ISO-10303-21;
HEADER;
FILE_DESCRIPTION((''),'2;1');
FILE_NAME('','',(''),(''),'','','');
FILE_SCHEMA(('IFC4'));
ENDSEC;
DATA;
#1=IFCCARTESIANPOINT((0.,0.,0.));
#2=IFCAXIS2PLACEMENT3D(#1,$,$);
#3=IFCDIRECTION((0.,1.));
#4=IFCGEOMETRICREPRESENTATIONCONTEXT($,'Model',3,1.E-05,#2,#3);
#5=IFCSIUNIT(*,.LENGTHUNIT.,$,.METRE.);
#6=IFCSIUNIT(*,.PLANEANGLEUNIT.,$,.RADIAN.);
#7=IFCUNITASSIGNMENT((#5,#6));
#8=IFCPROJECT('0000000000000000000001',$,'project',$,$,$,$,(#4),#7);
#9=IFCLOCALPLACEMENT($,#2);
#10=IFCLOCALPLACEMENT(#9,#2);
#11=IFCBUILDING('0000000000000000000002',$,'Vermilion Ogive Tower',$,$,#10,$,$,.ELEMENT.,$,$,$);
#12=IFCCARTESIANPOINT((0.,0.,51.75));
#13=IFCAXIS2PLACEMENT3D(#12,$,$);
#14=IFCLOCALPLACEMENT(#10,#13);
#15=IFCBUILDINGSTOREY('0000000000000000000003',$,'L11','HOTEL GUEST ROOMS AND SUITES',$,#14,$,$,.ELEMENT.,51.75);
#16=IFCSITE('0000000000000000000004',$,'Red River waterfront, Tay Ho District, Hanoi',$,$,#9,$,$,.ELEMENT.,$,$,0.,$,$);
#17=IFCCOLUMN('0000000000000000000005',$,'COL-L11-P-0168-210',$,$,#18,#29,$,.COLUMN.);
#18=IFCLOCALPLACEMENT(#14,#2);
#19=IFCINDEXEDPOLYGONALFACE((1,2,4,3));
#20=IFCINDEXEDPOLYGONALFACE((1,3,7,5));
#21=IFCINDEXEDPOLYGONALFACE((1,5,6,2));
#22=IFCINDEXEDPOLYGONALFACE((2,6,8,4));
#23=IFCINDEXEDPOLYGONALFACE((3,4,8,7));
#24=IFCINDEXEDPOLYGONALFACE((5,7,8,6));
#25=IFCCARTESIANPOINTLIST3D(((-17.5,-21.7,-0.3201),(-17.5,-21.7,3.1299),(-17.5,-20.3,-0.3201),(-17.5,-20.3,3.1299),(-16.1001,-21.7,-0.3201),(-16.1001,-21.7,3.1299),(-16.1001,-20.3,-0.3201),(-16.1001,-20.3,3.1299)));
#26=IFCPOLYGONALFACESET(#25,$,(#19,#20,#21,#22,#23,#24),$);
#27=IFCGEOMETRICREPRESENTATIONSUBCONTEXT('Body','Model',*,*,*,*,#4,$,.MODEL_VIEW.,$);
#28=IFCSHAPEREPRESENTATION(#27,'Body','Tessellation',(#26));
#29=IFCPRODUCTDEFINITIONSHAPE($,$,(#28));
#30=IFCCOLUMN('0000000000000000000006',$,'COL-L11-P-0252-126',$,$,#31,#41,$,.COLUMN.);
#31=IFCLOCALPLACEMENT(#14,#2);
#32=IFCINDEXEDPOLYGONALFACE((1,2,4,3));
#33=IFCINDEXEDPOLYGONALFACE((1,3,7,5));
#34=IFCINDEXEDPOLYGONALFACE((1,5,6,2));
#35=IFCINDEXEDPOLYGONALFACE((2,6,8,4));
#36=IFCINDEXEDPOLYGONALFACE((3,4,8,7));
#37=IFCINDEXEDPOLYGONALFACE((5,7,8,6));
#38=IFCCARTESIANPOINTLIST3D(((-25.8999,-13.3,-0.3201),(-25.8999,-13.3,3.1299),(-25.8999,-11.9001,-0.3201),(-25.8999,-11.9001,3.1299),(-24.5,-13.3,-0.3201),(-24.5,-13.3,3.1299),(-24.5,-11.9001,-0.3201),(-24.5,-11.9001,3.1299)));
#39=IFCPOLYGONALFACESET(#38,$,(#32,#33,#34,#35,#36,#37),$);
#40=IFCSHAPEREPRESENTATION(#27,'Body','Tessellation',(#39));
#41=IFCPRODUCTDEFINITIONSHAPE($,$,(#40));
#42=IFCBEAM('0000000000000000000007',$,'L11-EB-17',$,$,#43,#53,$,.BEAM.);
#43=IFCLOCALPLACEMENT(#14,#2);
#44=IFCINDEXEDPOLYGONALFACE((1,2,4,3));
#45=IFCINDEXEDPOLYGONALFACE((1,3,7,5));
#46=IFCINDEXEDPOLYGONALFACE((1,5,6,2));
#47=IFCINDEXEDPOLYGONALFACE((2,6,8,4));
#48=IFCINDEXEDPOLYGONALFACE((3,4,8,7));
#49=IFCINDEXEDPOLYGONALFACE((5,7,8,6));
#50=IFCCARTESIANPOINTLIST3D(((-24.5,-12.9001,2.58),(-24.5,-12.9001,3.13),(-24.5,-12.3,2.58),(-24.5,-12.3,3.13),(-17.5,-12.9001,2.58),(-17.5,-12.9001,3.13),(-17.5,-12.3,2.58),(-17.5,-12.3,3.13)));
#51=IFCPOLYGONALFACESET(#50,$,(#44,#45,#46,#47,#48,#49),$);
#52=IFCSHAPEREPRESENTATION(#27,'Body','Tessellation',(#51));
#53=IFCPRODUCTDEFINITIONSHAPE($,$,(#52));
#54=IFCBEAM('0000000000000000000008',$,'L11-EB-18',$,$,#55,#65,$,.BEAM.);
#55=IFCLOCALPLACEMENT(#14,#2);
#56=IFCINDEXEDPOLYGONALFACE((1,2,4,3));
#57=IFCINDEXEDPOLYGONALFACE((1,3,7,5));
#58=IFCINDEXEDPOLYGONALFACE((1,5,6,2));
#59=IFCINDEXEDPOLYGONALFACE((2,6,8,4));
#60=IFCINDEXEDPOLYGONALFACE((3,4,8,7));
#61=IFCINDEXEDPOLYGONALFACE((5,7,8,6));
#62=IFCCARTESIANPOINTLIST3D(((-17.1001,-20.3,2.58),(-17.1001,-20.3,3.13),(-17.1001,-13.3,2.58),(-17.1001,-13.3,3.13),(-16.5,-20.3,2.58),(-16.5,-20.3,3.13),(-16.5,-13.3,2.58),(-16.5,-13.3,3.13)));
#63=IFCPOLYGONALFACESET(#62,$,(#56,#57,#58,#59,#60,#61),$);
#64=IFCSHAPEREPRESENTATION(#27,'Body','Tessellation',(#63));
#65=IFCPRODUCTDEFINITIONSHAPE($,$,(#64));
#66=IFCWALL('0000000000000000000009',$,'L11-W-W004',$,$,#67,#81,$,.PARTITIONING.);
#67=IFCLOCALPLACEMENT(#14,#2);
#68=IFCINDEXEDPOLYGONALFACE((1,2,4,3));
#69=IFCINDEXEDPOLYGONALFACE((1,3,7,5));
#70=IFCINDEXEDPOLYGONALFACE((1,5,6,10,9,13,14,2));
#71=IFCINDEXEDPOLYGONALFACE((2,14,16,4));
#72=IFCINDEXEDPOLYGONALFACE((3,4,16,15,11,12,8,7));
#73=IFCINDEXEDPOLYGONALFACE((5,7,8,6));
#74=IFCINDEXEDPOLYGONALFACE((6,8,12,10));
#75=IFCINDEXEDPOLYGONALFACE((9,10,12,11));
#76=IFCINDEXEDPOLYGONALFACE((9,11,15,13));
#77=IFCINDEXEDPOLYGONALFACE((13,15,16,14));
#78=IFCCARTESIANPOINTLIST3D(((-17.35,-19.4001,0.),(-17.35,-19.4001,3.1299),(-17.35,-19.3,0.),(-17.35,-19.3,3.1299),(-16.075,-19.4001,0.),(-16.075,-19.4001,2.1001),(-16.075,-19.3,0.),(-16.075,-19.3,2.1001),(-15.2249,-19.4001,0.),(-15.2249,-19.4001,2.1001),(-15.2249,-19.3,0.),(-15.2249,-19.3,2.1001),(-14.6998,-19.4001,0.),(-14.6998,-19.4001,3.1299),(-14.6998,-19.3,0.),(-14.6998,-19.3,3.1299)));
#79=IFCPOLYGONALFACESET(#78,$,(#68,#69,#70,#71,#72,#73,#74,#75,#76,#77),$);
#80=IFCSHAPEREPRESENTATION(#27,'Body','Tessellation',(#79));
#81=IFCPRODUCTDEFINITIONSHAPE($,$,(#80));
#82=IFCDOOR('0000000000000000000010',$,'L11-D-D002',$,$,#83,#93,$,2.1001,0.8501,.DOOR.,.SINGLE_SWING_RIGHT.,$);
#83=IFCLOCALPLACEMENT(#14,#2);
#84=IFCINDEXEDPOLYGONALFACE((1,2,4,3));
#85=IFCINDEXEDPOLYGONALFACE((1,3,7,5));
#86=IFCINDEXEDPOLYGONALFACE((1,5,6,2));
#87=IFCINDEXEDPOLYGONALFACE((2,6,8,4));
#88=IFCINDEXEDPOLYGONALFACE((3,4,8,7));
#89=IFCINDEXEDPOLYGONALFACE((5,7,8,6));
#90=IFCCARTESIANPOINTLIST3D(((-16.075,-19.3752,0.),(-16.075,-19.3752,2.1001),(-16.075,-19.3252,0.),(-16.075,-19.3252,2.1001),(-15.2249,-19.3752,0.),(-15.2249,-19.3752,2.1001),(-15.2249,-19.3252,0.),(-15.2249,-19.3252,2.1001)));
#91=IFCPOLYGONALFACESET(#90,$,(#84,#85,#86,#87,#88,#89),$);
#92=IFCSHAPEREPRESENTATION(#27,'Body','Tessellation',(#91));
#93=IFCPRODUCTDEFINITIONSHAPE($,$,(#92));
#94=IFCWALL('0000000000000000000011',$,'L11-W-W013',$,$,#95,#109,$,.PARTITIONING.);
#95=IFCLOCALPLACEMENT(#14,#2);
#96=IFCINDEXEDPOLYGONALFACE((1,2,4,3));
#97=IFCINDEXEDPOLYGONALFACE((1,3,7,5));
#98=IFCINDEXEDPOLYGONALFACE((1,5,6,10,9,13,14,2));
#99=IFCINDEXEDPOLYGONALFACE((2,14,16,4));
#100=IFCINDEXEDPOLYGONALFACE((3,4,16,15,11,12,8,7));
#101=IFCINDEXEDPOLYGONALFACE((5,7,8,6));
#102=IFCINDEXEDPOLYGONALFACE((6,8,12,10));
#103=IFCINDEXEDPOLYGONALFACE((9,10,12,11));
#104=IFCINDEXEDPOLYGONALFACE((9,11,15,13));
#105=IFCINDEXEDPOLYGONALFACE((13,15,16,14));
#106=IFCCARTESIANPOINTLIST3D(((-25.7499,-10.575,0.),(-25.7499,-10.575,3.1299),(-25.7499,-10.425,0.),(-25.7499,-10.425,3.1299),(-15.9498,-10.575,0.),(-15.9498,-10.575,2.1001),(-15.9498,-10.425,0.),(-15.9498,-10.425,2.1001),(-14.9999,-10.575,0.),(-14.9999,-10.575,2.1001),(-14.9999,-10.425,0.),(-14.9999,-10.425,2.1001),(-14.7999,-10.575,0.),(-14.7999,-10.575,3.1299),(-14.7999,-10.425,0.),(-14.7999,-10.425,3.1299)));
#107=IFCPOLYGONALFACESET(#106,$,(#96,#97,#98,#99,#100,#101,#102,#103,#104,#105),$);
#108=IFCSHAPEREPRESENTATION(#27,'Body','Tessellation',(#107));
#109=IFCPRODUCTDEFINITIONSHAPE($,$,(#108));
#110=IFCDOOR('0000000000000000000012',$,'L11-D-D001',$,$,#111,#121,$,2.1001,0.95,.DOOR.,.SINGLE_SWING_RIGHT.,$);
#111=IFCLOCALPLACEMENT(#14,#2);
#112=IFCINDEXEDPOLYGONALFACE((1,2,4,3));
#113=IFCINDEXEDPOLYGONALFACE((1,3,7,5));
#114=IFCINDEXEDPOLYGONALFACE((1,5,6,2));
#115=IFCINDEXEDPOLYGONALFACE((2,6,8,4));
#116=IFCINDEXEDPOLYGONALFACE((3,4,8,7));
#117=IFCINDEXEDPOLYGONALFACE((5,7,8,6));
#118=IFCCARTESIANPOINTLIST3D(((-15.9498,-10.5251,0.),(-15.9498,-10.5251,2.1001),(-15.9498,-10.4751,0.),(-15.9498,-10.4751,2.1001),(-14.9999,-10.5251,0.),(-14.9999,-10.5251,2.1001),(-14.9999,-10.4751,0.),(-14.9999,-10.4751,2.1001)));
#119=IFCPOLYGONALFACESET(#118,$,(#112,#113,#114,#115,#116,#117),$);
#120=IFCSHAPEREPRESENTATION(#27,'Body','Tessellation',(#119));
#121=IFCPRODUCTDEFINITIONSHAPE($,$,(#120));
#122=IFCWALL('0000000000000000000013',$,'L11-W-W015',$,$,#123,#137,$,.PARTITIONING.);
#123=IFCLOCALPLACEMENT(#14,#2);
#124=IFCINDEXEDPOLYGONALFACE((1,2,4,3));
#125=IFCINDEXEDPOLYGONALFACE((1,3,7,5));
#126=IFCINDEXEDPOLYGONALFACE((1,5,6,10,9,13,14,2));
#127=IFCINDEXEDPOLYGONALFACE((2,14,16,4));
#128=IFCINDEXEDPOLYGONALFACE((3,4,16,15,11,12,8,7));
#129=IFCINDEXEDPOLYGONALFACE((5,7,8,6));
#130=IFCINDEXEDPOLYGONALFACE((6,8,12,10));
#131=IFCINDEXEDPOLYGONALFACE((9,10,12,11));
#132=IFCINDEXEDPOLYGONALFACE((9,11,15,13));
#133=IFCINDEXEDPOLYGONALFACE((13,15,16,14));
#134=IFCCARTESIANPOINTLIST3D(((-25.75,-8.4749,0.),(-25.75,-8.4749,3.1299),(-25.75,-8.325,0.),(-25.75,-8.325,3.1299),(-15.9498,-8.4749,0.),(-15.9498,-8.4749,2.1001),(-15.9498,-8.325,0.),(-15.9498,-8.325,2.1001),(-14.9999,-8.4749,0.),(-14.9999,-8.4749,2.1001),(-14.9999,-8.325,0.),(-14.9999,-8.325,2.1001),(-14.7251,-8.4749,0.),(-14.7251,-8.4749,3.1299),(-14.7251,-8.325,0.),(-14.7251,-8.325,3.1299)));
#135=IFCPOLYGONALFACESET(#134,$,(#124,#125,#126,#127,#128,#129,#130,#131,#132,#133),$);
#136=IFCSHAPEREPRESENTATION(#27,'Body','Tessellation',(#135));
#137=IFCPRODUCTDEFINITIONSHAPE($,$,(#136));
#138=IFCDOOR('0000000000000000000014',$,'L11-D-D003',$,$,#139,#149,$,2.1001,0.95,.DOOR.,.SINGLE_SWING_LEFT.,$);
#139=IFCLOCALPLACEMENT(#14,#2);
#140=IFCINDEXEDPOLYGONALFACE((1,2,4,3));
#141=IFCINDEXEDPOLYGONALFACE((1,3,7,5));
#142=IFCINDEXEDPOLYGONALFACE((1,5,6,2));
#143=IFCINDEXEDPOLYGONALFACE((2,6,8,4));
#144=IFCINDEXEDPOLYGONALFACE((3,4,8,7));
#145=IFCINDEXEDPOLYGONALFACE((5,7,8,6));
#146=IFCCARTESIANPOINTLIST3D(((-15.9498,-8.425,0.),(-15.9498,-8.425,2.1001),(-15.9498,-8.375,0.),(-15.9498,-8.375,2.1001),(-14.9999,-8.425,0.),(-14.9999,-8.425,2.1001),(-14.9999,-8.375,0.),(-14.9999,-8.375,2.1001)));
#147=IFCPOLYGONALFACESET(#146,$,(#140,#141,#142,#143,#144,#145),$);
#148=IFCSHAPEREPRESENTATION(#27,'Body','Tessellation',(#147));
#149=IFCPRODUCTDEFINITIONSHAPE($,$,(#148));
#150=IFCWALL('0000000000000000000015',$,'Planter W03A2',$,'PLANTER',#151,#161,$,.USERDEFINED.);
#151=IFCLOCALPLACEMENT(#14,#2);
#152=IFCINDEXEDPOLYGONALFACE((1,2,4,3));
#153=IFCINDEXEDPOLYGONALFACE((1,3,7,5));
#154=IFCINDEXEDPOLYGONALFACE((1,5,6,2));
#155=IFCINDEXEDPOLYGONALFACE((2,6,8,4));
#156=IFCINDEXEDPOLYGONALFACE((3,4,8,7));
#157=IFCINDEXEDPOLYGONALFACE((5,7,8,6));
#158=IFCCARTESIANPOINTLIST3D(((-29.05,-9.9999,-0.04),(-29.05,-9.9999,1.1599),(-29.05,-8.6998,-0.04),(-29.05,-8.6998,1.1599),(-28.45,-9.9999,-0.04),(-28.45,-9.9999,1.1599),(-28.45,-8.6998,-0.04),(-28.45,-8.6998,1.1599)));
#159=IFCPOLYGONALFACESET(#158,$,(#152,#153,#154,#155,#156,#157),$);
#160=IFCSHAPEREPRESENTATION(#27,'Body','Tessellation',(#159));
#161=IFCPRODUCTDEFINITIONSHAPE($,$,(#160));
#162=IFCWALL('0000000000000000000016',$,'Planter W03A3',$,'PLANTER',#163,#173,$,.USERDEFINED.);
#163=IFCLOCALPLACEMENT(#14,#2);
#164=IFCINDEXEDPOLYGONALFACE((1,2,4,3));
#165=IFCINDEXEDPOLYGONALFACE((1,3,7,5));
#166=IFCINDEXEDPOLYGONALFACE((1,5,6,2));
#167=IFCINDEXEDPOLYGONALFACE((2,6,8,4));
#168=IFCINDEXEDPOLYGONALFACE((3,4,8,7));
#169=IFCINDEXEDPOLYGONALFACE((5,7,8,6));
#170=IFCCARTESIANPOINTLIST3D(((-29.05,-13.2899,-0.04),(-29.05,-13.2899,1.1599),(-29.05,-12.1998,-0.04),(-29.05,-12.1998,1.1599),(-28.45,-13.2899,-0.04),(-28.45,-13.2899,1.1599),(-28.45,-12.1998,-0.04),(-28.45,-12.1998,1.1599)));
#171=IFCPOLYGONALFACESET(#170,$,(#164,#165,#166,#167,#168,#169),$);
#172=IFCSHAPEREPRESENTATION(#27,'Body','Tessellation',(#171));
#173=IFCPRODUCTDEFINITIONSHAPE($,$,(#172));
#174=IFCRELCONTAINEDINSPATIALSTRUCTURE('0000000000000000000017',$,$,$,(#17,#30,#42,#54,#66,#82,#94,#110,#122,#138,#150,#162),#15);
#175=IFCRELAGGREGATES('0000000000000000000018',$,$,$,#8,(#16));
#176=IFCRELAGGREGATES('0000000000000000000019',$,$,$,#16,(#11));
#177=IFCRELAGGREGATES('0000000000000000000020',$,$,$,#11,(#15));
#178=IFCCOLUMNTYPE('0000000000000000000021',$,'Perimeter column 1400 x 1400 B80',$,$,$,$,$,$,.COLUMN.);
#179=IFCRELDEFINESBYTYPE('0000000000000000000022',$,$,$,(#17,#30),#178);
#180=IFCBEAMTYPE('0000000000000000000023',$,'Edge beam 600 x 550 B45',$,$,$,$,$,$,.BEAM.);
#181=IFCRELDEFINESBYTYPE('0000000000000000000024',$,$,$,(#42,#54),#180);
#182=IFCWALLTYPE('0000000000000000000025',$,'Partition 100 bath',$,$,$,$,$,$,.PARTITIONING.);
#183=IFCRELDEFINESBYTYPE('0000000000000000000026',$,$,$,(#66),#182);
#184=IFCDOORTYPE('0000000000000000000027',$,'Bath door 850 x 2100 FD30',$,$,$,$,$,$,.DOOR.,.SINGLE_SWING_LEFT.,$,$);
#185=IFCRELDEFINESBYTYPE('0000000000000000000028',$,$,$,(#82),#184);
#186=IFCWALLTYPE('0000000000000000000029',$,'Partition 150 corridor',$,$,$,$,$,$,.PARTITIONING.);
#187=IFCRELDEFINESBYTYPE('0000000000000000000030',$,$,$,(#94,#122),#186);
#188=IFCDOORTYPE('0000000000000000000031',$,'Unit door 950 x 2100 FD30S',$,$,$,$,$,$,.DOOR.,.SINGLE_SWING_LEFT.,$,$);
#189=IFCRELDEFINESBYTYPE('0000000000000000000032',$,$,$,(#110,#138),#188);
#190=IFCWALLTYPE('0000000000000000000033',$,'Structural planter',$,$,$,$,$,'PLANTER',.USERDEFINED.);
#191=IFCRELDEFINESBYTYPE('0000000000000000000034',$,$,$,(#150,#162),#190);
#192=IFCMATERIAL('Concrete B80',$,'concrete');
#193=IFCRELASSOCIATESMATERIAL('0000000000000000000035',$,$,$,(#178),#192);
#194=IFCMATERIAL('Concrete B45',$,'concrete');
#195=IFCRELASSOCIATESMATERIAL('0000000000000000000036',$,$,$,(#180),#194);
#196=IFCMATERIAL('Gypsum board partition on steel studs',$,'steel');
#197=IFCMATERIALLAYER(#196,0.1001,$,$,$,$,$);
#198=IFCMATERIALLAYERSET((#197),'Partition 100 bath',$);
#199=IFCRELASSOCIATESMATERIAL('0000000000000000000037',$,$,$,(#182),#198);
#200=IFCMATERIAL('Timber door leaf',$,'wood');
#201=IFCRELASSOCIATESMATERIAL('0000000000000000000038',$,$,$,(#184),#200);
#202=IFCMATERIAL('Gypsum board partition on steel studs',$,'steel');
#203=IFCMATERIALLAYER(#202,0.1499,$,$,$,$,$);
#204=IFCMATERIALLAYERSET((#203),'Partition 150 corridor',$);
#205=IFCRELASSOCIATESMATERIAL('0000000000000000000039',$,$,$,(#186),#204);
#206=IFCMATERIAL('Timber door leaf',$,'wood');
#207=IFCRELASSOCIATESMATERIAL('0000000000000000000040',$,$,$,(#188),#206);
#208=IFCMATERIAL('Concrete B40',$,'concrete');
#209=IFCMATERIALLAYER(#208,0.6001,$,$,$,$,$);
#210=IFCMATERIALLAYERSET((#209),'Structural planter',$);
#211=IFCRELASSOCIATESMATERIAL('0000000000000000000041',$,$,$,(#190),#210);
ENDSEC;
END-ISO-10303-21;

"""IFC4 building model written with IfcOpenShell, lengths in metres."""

from ifc_helpers import new_model, si_unit, direction, frame, frame_2d, origin, origin_2d, place, context, subcontext, project, spatial, rectangle, extrude, material, layer, layer_set, material_profile, profile_set, type_object, element, fill, save


model = new_model("IFC4")

# Units and contexts
model_context = context("Model", 3, precision=1e-05, world=origin(), true_north=direction((0.0, 1.0)))
body_context = subcontext(model_context, "Body", "Model", "MODEL_VIEW")
ifc_project = project(units=[si_unit("LENGTHUNIT", "METRE"), si_unit("PLANEANGLEUNIT", "RADIAN")], contexts=[model_context])

# Site, building, storey
site_placement = place(None, origin())
site = spatial("IfcSite", under=ifc_project, at=site_placement, Name="Red River waterfront, Tay Ho District, Hanoi", CompositionType="ELEMENT", RefElevation=0.0)
building_placement = place(site_placement, origin())
building = spatial("IfcBuilding", under=site, at=building_placement, Name="Vermilion Ogive Tower", CompositionType="ELEMENT")
storey_placement = place(building_placement, frame((0.0, 0.0, 51.75)))
storey = spatial("IfcBuildingStorey", under=building, at=storey_placement, Name="L11", Description="HOTEL GUEST ROOMS AND SUITES", CompositionType="ELEMENT", Elevation=51.75)

# Columns
ifc_material_1 = material(Name="Concrete B80", Category="concrete")
ifc_material_profile_1 = material_profile(ifc_material_1, rectangle(XDim=1.3999, YDim=1.3999, at=origin_2d()), Name="1400 x 1400")
ifc_profile_set_1 = profile_set([ifc_material_profile_1], Name="Concrete B80")
column_type = type_object("IfcColumnType", Name="Perimeter column 1400 x 1400 B80", PredefinedType="COLUMN", material=ifc_profile_set_1)
for number, where, z_axis, x_axis, name in (
    (1, (-16.8, -21.0, -0.3201), (0.0, 0.0, 1.0), (1.0, 0.0, 0.0), "COL-L11-P-0168-210"),
    (2, (-25.2, -12.6001, -0.3201), (0.0, 0.0, 1.0), (1.0, 0.0, 0.0), "COL-L11-P-0252-126"),
):
    element("IfcColumn", number, at=place(storey_placement, frame(where, z_axis=z_axis, x_axis=x_axis)), inside=storey, type_object=column_type, Name=name, PredefinedType="COLUMN", context=body_context, shape_type="SweptSolid", body=[
        extrude(rectangle(XDim=1.3999, YDim=1.3999, at=origin_2d()), origin(), (0.0, 0.0, 1.0), 3.45),
    ])

# Beams
ifc_material_2 = material(Name="Concrete B45", Category="concrete")
ifc_material_profile_2 = material_profile(ifc_material_2, rectangle(XDim=0.6001, YDim=0.55, at=origin_2d()), Name="600 x 550")
ifc_profile_set_2 = profile_set([ifc_material_profile_2], Name="Concrete B45")
beam_type = type_object("IfcBeamType", Name="Edge beam 600 x 550 B45", PredefinedType="BEAM", material=ifc_profile_set_2)
for number, where, z_axis, x_axis, name in (
    (3, (-24.5, -12.6001, 2.855), (1.0, 0.0, 0.0), (0.0, 1.0, 0.0), "L11-EB-17"),
    (4, (-16.8, -13.3, 2.855), (0.0, -1.0, 0.0), (1.0, 0.0, 0.0), "L11-EB-18"),
):
    element("IfcBeam", number, at=place(storey_placement, frame(where, z_axis=z_axis, x_axis=x_axis)), inside=storey, type_object=beam_type, Name=name, PredefinedType="BEAM", context=body_context, shape_type="SweptSolid", body=[
        extrude(rectangle(XDim=0.6001, YDim=0.55, at=origin_2d()), origin(), (0.0, 0.0, 1.0), 7.0),
    ])

# Walls, openings, doors
ifc_material_3 = material(Name="Gypsum board partition on steel studs", Category="steel")
ifc_layer_1 = layer(ifc_material_3, 0.1001)
ifc_layer_set_1 = layer_set([ifc_layer_1], Name="Partition 100 bath")
wall_type_1 = type_object("IfcWallType", Name="Partition 100 bath", PredefinedType="PARTITIONING", material=ifc_layer_set_1)
wall_1_placement = place(storey_placement, frame((-17.3501, -19.3501, 0.0), z_axis=(0.0, 0.0, 1.0), x_axis=(1.0, 0.0, 0.0)))
wall_1 = element("IfcWall", 5, at=wall_1_placement, inside=storey, type_object=wall_type_1, Name="L11-W-W004", PredefinedType="PARTITIONING", context=body_context, shape_type="SweptSolid", body=[
    extrude(rectangle(XDim=2.6501, YDim=0.1001, at=frame_2d((1.3252, 0.0))), origin(), (0.0, 0.0, 1.0), 3.1299),
])
opening_1_placement = place(wall_1_placement, frame((1.2751, 0.0, 0.0)))
opening_1 = element("IfcOpeningElement", 6, at=opening_1_placement, cuts=wall_1, PredefinedType="OPENING", context=body_context, shape_type="SweptSolid", body=[
    extrude(rectangle(XDim=0.8501, YDim=2.1001, at=frame_2d((0.425, 1.05))), frame((0.0, 0.0601, 0.0), z_axis=(0.0, -1.0, 0.0), x_axis=(1.0, 0.0, 0.0)), (0.0, 0.0, 1.0), 0.1201),
])
ifc_material_4 = material(Name="Timber door leaf", Category="wood")
door_type_1 = type_object("IfcDoorType", Name="Bath door 850 x 2100 FD30", OperationType="SINGLE_SWING_LEFT", PredefinedType="DOOR", material=ifc_material_4)
door_1_placement = place(opening_1_placement, origin())
door_1 = element("IfcDoor", 7, at=door_1_placement, inside=storey, type_object=door_type_1, Name="L11-D-D002", OperationType="SINGLE_SWING_RIGHT", OverallHeight=2.1001, OverallWidth=0.8501, PredefinedType="DOOR", context=body_context, shape_type="SweptSolid", body=[
    extrude(rectangle(XDim=0.8501, YDim=2.1001, at=frame_2d((0.425, 1.05))), frame((0.0, 0.0249, 0.0), z_axis=(0.0, -1.0, 0.0), x_axis=(1.0, 0.0, 0.0)), (0.0, 0.0, 1.0), 0.05),
])
fill(opening_1, door_1)
ifc_material_5 = material(Name="Gypsum board partition on steel studs", Category="steel")
ifc_layer_2 = layer(ifc_material_5, 0.1499)
ifc_layer_set_2 = layer_set([ifc_layer_2], Name="Partition 150 corridor")
wall_type_2 = type_object("IfcWallType", Name="Partition 150 corridor", PredefinedType="PARTITIONING", material=ifc_layer_set_2)
wall_2_placement = place(storey_placement, frame((-25.75, -10.5, 0.0), z_axis=(0.0, 0.0, 1.0), x_axis=(1.0, 0.0, 0.0)))
wall_2 = element("IfcWall", 8, at=wall_2_placement, inside=storey, type_object=wall_type_2, Name="L11-W-W013", PredefinedType="PARTITIONING", context=body_context, shape_type="SweptSolid", body=[
    extrude(rectangle(XDim=10.95, YDim=0.1499, at=frame_2d((5.4751, 0.0))), origin(), (0.0, 0.0, 1.0), 3.1299),
])
opening_2_placement = place(wall_2_placement, frame((9.8, 0.0, 0.0)))
opening_2 = element("IfcOpeningElement", 9, at=opening_2_placement, cuts=wall_2, PredefinedType="OPENING", context=body_context, shape_type="SweptSolid", body=[
    extrude(rectangle(XDim=0.95, YDim=2.1001, at=frame_2d((0.4751, 1.05))), frame((0.0, 0.085, 0.0), z_axis=(0.0, -1.0, 0.0), x_axis=(1.0, 0.0, 0.0)), (0.0, 0.0, 1.0), 0.1699),
])
ifc_material_6 = material(Name="Timber door leaf", Category="wood")
door_type_2 = type_object("IfcDoorType", Name="Unit door 950 x 2100 FD30S", OperationType="SINGLE_SWING_LEFT", PredefinedType="DOOR", material=ifc_material_6)
door_2_placement = place(opening_2_placement, origin())
door_2 = element("IfcDoor", 10, at=door_2_placement, inside=storey, type_object=door_type_2, Name="L11-D-D001", OperationType="SINGLE_SWING_RIGHT", OverallHeight=2.1001, OverallWidth=0.95, PredefinedType="DOOR", context=body_context, shape_type="SweptSolid", body=[
    extrude(rectangle(XDim=0.95, YDim=2.1001, at=frame_2d((0.4751, 1.05))), frame((0.0, 0.0249, 0.0), z_axis=(0.0, -1.0, 0.0), x_axis=(1.0, 0.0, 0.0)), (0.0, 0.0, 1.0), 0.05),
])
fill(opening_2, door_2)
wall_3_placement = place(storey_placement, frame((-25.75, -8.3999, 0.0), z_axis=(0.0, 0.0, 1.0), x_axis=(1.0, 0.0, 0.0)))
wall_3 = element("IfcWall", 11, at=wall_3_placement, inside=storey, type_object=wall_type_2, Name="L11-W-W015", PredefinedType="PARTITIONING", context=body_context, shape_type="SweptSolid", body=[
    extrude(rectangle(XDim=11.0249, YDim=0.1499, at=frame_2d((5.5125, 0.0))), origin(), (0.0, 0.0, 1.0), 3.1299),
])
opening_3_placement = place(wall_3_placement, frame((9.8, 0.0, 0.0)))
opening_3 = element("IfcOpeningElement", 12, at=opening_3_placement, cuts=wall_3, PredefinedType="OPENING", context=body_context, shape_type="SweptSolid", body=[
    extrude(rectangle(XDim=0.95, YDim=2.1001, at=frame_2d((0.4751, 1.05))), frame((0.0, 0.085, 0.0), z_axis=(0.0, -1.0, 0.0), x_axis=(1.0, 0.0, 0.0)), (0.0, 0.0, 1.0), 0.1699),
])
door_3_placement = place(opening_3_placement, origin())
door_3 = element("IfcDoor", 13, at=door_3_placement, inside=storey, type_object=door_type_2, Name="L11-D-D003", OperationType="SINGLE_SWING_LEFT", OverallHeight=2.1001, OverallWidth=0.95, PredefinedType="DOOR", context=body_context, shape_type="SweptSolid", body=[
    extrude(rectangle(XDim=0.95, YDim=2.1001, at=frame_2d((0.4751, 1.05))), frame((0.0, 0.0249, 0.0), z_axis=(0.0, -1.0, 0.0), x_axis=(1.0, 0.0, 0.0)), (0.0, 0.0, 1.0), 0.05),
])
fill(opening_3, door_3)

# Walls
ifc_material_7 = material(Name="Concrete B40", Category="concrete")
ifc_layer_3 = layer(ifc_material_7, 0.6001)
ifc_layer_set_3 = layer_set([ifc_layer_3], Name="Structural planter")
wall_type_3 = type_object("IfcWallType", Name="Structural planter", ElementType="PLANTER", PredefinedType="USERDEFINED", material=ifc_layer_set_3)
wall_4_placement = place(storey_placement, frame((-28.75, -8.7, -0.04), z_axis=(0.0, 0.0, 1.0), x_axis=(0.0, -1.0, 0.0)))
element("IfcWall", 14, at=wall_4_placement, inside=storey, type_object=wall_type_3, Name="Planter W03A2", ObjectType="PLANTER", PredefinedType="USERDEFINED", context=body_context, shape_type="SweptSolid", body=[
    extrude(rectangle(XDim=1.3, YDim=0.6001, at=frame_2d((0.6499, 0.0))), origin(), (0.0, 0.0, 1.0), 1.2),
])
wall_5_placement = place(storey_placement, frame((-28.75, -12.2, -0.04), z_axis=(0.0, 0.0, 1.0), x_axis=(0.0, -1.0, 0.0)))
element("IfcWall", 15, at=wall_5_placement, inside=storey, type_object=wall_type_3, Name="Planter W03A3", ObjectType="PLANTER", PredefinedType="USERDEFINED", context=body_context, shape_type="SweptSolid", body=[
    extrude(rectangle(XDim=1.0901, YDim=0.6001, at=frame_2d((0.5449, 0.0))), origin(), (0.0, 0.0, 1.0), 1.2),
])

save(model, "model.ifc")
